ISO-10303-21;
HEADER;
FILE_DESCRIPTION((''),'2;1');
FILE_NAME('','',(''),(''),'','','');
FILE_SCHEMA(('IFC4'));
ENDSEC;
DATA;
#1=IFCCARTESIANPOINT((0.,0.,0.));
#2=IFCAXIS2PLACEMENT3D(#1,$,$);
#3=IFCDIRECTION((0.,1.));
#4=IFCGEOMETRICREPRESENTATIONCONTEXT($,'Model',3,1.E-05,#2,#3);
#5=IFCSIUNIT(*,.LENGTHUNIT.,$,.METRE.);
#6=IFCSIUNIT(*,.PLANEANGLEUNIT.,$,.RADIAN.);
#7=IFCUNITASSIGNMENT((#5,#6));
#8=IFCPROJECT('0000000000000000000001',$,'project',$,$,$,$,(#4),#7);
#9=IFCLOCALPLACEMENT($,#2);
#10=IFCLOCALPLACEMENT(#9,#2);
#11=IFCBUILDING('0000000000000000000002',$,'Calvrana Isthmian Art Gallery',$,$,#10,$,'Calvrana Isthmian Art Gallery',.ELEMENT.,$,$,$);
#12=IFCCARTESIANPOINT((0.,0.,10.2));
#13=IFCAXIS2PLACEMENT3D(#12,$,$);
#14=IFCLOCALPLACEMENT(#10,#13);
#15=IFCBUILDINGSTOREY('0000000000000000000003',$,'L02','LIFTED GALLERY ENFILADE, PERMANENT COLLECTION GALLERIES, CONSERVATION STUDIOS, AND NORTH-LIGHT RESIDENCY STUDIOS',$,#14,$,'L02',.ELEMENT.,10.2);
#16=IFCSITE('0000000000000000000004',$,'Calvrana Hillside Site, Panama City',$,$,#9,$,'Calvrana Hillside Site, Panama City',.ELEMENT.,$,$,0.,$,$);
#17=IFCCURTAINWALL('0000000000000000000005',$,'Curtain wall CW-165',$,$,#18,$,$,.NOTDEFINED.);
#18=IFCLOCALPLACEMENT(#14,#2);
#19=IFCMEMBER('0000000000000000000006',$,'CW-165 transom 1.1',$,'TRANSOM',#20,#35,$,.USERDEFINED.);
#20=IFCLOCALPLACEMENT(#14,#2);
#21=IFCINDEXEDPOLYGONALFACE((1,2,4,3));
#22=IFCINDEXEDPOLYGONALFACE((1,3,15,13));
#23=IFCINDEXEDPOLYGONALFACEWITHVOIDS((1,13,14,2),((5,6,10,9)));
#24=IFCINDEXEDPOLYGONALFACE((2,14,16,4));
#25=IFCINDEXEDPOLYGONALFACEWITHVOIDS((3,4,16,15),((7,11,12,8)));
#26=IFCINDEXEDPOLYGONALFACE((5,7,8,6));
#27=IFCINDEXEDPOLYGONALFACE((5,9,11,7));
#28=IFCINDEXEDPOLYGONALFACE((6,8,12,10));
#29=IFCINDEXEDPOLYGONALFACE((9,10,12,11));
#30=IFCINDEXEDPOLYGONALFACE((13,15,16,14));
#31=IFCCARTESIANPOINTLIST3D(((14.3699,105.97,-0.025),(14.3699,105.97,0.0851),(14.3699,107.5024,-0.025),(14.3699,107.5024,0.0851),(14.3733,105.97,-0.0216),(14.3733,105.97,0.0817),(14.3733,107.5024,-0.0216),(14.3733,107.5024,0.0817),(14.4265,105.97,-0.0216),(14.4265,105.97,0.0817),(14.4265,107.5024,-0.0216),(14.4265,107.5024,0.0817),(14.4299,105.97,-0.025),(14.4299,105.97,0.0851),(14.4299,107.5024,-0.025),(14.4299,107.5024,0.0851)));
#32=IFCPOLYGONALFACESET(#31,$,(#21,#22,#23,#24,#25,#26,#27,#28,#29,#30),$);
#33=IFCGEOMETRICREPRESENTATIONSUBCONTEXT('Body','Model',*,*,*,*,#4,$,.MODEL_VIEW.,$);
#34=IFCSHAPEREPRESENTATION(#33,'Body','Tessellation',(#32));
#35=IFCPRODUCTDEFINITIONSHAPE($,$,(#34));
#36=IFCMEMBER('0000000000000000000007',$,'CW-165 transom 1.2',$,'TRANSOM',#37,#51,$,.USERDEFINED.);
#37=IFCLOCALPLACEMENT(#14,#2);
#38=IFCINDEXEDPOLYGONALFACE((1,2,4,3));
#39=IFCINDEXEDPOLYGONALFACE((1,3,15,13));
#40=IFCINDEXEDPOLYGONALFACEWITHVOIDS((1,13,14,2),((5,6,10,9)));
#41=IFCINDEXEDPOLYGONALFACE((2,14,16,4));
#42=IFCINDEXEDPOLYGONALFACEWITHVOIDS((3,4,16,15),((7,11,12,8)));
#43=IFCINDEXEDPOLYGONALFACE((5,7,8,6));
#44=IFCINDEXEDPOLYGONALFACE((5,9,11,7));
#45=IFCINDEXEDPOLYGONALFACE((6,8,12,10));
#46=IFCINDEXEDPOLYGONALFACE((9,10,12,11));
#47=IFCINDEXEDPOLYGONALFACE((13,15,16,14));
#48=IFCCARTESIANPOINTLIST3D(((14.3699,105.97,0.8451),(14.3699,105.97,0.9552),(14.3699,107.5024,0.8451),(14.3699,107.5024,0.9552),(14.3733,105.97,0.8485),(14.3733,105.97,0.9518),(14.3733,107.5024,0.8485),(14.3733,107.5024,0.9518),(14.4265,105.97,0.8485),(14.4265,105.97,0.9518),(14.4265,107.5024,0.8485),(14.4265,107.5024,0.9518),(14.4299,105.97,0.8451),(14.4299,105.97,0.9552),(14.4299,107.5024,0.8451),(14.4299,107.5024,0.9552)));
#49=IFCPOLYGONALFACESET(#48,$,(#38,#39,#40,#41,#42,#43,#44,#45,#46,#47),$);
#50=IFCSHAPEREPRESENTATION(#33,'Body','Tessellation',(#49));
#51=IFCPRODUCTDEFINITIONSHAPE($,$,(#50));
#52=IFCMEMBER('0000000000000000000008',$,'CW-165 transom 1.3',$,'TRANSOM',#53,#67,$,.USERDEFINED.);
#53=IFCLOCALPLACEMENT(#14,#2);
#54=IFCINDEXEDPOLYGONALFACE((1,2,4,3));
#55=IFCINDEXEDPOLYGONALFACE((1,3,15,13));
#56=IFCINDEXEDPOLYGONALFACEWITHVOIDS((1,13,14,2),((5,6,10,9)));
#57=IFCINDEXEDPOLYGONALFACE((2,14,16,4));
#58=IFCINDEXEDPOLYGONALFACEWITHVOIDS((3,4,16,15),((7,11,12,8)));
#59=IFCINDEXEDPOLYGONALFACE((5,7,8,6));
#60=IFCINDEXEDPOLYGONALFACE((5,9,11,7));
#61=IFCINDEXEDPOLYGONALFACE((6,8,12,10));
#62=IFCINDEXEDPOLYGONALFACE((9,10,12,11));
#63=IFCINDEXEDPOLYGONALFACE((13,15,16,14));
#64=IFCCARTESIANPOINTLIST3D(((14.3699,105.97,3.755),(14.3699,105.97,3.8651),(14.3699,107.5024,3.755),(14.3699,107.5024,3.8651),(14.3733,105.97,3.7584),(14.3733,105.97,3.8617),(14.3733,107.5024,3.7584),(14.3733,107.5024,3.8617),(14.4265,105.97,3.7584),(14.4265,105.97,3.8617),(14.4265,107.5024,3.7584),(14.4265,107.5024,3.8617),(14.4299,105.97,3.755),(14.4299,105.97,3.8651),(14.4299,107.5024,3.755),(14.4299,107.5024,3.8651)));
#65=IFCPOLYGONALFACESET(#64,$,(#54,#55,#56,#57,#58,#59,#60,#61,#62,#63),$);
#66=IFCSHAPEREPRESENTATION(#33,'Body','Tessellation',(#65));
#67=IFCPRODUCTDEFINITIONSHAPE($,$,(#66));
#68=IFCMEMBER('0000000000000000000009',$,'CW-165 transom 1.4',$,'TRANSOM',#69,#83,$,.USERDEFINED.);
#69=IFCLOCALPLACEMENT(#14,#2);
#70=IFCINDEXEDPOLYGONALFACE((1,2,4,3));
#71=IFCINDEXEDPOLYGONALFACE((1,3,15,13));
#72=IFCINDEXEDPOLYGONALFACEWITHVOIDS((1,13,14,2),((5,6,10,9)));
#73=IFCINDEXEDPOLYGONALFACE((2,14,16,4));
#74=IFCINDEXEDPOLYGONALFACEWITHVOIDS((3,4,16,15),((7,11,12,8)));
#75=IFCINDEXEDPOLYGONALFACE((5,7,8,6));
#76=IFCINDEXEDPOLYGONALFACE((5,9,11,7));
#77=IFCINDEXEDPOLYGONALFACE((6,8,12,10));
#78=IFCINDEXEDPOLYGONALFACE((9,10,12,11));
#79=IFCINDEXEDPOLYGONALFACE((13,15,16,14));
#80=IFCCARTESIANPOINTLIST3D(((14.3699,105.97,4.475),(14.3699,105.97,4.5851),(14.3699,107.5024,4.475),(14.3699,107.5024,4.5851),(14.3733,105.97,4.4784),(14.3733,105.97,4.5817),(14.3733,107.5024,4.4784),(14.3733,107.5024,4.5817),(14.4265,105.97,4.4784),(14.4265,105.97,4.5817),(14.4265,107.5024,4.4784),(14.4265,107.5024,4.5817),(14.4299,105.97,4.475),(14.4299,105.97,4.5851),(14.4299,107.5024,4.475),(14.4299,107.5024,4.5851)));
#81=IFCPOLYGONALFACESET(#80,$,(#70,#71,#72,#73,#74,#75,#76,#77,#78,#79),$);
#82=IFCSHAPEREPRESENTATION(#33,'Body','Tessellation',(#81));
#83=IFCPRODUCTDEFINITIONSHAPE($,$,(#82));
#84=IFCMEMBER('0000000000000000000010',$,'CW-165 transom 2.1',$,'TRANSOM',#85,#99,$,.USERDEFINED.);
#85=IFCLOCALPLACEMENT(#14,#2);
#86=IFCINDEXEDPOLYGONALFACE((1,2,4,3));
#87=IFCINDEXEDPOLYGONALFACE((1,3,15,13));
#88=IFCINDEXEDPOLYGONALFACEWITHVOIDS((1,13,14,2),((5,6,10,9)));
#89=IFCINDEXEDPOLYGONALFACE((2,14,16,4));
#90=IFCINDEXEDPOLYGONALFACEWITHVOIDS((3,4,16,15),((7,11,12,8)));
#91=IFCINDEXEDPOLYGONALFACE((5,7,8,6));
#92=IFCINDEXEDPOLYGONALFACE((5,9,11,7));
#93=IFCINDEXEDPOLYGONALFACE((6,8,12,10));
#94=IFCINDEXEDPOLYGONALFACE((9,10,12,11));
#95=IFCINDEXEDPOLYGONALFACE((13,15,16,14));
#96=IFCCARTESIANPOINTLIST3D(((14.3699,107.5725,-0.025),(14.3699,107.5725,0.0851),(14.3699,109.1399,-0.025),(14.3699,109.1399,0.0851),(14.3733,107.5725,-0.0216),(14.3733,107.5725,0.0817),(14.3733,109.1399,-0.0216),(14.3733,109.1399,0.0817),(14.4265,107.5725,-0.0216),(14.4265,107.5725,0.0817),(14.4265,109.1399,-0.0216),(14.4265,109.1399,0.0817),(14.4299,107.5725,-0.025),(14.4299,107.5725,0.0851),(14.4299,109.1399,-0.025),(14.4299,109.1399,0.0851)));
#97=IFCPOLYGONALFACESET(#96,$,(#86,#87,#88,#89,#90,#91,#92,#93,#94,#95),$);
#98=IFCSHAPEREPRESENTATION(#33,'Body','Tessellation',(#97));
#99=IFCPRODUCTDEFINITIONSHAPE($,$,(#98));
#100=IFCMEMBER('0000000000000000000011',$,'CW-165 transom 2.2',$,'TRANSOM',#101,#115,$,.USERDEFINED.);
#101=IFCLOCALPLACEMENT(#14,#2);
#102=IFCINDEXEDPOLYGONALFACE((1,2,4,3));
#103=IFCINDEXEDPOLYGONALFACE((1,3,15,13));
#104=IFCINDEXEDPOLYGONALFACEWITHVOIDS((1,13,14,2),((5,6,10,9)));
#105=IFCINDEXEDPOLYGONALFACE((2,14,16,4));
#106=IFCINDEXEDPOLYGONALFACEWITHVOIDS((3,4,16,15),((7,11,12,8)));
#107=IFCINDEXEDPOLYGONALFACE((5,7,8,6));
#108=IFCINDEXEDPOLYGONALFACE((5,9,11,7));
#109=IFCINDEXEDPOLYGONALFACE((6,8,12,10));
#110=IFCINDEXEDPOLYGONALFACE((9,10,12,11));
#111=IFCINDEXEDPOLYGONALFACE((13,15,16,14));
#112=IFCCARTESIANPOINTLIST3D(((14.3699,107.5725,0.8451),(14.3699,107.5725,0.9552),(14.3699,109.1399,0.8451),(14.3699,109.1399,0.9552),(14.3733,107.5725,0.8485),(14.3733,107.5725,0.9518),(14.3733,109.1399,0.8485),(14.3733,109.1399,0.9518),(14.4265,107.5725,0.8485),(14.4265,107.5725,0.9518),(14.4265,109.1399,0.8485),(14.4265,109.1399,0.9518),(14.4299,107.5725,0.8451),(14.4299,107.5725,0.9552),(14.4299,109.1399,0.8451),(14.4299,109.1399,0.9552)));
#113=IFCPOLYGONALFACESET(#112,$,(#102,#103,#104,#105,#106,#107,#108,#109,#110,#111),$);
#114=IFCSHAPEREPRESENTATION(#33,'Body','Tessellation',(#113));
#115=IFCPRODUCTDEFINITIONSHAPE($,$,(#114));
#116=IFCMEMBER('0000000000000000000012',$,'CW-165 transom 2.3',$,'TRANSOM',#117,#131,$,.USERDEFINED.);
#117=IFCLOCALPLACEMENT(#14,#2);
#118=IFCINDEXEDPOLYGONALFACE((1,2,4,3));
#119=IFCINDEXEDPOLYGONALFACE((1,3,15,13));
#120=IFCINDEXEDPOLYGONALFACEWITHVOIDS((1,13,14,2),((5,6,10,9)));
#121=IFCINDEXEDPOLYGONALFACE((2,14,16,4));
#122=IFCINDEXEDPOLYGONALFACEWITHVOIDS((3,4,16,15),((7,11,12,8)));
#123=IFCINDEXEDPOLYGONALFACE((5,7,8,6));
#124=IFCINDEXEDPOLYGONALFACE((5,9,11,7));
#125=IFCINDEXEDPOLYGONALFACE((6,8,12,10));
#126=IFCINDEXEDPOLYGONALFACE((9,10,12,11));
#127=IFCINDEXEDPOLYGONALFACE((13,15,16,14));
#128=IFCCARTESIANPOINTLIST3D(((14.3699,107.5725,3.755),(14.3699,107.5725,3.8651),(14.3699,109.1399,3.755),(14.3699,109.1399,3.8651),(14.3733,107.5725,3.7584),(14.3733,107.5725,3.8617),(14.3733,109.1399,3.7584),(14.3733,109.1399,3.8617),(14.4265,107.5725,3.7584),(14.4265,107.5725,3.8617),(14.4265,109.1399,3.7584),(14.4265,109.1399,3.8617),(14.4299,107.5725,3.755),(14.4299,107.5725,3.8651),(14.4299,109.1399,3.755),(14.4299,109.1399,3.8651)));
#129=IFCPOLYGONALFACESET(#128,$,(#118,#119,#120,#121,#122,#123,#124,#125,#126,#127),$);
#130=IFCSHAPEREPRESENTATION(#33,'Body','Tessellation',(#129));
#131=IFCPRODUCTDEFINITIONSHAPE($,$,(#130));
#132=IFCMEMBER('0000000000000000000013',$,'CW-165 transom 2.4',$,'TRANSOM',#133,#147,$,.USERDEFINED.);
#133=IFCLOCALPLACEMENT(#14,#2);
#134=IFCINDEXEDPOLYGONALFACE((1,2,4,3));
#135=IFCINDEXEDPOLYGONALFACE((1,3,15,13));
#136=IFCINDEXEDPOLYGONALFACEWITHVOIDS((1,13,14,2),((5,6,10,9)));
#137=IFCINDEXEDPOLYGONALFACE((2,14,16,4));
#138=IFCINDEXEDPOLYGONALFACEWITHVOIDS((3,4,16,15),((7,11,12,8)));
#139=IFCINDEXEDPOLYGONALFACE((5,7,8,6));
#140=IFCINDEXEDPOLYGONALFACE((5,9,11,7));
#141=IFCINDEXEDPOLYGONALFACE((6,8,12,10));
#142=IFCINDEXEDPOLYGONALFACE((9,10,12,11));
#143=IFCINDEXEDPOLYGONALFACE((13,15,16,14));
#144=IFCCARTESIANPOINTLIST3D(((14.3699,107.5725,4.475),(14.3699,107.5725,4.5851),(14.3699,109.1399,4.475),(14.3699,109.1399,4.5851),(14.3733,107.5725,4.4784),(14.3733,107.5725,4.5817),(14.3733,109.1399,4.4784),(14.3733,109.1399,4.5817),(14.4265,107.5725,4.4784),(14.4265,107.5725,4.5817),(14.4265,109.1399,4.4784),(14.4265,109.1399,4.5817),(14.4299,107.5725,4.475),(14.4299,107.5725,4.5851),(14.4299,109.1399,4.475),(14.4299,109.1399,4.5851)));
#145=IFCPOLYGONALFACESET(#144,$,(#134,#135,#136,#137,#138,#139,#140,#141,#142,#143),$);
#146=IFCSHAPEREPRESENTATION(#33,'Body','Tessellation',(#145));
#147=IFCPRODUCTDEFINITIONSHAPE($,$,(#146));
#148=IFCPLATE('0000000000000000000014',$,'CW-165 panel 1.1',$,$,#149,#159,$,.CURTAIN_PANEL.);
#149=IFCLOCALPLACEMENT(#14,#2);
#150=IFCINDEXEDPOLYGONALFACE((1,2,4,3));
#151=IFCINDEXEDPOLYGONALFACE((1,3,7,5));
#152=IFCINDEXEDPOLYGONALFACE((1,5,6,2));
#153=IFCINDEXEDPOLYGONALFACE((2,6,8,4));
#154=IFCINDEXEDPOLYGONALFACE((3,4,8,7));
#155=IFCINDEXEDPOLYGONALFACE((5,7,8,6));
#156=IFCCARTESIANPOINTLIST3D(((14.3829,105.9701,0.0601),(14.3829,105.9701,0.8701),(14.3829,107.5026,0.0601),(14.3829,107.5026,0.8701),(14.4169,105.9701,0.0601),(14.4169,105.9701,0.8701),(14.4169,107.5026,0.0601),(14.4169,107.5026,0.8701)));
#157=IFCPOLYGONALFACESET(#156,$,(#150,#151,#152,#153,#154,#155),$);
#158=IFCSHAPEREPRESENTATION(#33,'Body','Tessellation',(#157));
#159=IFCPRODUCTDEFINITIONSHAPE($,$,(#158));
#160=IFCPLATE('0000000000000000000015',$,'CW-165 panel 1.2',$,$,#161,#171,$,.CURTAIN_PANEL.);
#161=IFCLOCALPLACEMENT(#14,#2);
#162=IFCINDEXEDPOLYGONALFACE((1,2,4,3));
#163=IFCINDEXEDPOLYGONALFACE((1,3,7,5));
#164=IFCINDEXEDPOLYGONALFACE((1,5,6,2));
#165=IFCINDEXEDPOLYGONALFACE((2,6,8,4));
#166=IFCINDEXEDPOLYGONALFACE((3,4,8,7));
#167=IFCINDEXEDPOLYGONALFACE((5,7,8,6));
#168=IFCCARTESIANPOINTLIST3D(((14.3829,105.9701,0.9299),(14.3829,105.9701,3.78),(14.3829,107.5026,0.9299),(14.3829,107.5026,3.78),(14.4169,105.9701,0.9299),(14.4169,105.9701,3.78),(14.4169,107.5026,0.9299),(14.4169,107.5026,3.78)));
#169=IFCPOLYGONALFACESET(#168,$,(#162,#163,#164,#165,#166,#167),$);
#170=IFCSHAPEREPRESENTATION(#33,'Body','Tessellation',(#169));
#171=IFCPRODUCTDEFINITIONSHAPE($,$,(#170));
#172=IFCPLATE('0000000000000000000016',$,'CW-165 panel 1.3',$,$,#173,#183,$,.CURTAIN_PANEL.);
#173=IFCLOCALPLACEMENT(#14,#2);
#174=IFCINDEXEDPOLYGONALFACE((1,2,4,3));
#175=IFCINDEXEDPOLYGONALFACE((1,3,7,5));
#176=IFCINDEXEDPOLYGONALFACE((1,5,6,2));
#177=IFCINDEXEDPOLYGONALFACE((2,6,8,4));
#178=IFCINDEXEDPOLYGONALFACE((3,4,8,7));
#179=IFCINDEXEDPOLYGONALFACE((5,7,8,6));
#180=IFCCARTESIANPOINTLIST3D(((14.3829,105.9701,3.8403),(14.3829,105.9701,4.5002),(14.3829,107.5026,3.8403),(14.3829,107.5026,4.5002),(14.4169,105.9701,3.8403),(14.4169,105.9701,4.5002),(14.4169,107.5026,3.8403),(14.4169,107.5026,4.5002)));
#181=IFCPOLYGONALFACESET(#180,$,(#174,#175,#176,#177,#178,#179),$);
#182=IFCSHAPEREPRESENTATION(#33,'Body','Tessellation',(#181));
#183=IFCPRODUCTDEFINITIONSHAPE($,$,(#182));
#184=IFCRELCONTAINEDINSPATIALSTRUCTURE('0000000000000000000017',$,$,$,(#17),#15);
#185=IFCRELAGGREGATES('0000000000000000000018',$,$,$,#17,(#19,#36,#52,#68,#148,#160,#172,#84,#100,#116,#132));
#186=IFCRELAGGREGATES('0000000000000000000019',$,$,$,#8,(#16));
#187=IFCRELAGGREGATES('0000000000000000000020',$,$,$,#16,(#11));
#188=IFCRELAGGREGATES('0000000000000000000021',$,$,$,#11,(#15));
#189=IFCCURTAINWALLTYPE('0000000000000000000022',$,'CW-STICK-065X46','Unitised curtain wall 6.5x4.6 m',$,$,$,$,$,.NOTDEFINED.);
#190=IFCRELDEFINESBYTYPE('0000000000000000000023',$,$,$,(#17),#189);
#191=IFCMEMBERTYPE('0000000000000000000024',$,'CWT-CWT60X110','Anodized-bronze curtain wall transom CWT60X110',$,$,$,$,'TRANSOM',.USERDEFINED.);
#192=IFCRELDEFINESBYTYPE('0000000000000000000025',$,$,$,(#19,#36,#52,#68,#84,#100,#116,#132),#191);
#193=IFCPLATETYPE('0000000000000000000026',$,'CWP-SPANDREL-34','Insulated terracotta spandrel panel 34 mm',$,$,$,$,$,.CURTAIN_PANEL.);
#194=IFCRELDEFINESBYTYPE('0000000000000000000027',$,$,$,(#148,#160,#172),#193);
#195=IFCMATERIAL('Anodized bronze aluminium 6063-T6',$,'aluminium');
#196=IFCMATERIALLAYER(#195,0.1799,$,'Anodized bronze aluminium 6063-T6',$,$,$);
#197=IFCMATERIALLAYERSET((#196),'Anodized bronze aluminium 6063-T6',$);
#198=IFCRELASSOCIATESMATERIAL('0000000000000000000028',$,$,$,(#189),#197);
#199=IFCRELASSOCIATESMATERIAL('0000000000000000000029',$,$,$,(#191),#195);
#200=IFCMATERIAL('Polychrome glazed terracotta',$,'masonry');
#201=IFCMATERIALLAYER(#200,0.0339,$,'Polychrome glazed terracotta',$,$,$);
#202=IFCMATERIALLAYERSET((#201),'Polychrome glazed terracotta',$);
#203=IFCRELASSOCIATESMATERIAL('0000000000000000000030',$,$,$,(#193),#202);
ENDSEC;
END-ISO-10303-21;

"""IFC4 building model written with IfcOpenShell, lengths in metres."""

from ifc_helpers import new_model, si_unit, direction, frame, origin, origin_2d, place, context, subcontext, project, spatial, rectangle, hollow_rectangle, extrude, material, layer, layer_set, material_profile, profile_set, type_object, element, aggregate, save


model = new_model("IFC4")

# Units and contexts
model_context = context("Model", 3, precision=1e-05, world=origin(), true_north=direction((0.0, 1.0)))
body_context = subcontext(model_context, "Body", "Model", "MODEL_VIEW")
ifc_project = project(units=[si_unit("LENGTHUNIT", "METRE"), si_unit("PLANEANGLEUNIT", "RADIAN")], contexts=[model_context])

# Site, building, storey
site_placement = place(None, origin())
site = spatial("IfcSite", under=ifc_project, at=site_placement, Name="Calvrana Hillside Site, Panama City", LongName="Calvrana Hillside Site, Panama City", CompositionType="ELEMENT", RefElevation=0.0)
building_placement = place(site_placement, origin())
building = spatial("IfcBuilding", under=site, at=building_placement, Name="Calvrana Isthmian Art Gallery", LongName="Calvrana Isthmian Art Gallery", CompositionType="ELEMENT")
storey_placement = place(building_placement, frame((0.0, 0.0, 10.2)))
storey = spatial("IfcBuildingStorey", under=building, at=storey_placement, Name="L02", Description="LIFTED GALLERY ENFILADE, PERMANENT COLLECTION GALLERIES, CONSERVATION STUDIOS, AND NORTH-LIGHT RESIDENCY STUDIOS", LongName="L02", CompositionType="ELEMENT", Elevation=10.2)

# Curtain wall, members, plates
ifc_material_1 = material(Name="Anodized bronze aluminium 6063-T6", Category="aluminium")
ifc_layer_1 = layer(ifc_material_1, 0.1799, Name="Anodized bronze aluminium 6063-T6")
ifc_layer_set_1 = layer_set([ifc_layer_1], Name="Anodized bronze aluminium 6063-T6")
curtain_wall_type = type_object("IfcCurtainWallType", Name="CW-STICK-065X46", Description="Unitised curtain wall 6.5x4.6 m", PredefinedType="NOTDEFINED", material=ifc_layer_set_1)
curtain_wall_placement = place(storey_placement, origin())
curtain_wall = element("IfcCurtainWall", 1, at=curtain_wall_placement, inside=storey, type_object=curtain_wall_type, Name="Curtain wall CW-165", PredefinedType="NOTDEFINED")
ifc_material_profile_1 = material_profile(ifc_material_1, hollow_rectangle(XDim=0.0601, YDim=0.1101, WallThickness=0.0034, at=origin_2d()), Name="CWT60X110")
ifc_profile_set_1 = profile_set([ifc_material_profile_1], Name="Anodized bronze aluminium 6063-T6")
member_type_1 = type_object("IfcMemberType", Name="CWT-CWT60X110", Description="Anodized-bronze curtain wall transom CWT60X110", ElementType="TRANSOM", PredefinedType="USERDEFINED", material=ifc_profile_set_1)
member_1_placement = place(storey_placement, frame((14.3999, 105.97, 0.03), z_axis=(0.0, 1.0, 0.0), x_axis=(-1.0, 0.0, 0.0)))
member_1 = element("IfcMember", 2, at=member_1_placement, type_object=member_type_1, Name="CW-165 transom 1.1", ObjectType="TRANSOM", PredefinedType="USERDEFINED", context=body_context, shape_type="SweptSolid", body=[
    extrude(hollow_rectangle(XDim=0.0601, YDim=0.1101, WallThickness=0.0034, at=origin_2d()), origin(), (0.0, 0.0, 1.0), 1.5325),
])
member_2_placement = place(storey_placement, frame((14.3999, 105.97, 0.9001), z_axis=(0.0, 1.0, 0.0), x_axis=(-1.0, 0.0, 0.0)))
member_2 = element("IfcMember", 3, at=member_2_placement, type_object=member_type_1, Name="CW-165 transom 1.2", ObjectType="TRANSOM", PredefinedType="USERDEFINED", context=body_context, shape_type="SweptSolid", body=[
    extrude(hollow_rectangle(XDim=0.0601, YDim=0.1101, WallThickness=0.0034, at=origin_2d()), origin(), (0.0, 0.0, 1.0), 1.5325),
])
member_3_placement = place(storey_placement, frame((14.3999, 105.97, 3.8101), z_axis=(0.0, 1.0, 0.0), x_axis=(-1.0, 0.0, 0.0)))
member_3 = element("IfcMember", 4, at=member_3_placement, type_object=member_type_1, Name="CW-165 transom 1.3", ObjectType="TRANSOM", PredefinedType="USERDEFINED", context=body_context, shape_type="SweptSolid", body=[
    extrude(hollow_rectangle(XDim=0.0601, YDim=0.1101, WallThickness=0.0034, at=origin_2d()), origin(), (0.0, 0.0, 1.0), 1.5325),
])
member_4_placement = place(storey_placement, frame((14.3999, 105.97, 4.53), z_axis=(0.0, 1.0, 0.0), x_axis=(-1.0, 0.0, 0.0)))
member_4 = element("IfcMember", 5, at=member_4_placement, type_object=member_type_1, Name="CW-165 transom 1.4", ObjectType="TRANSOM", PredefinedType="USERDEFINED", context=body_context, shape_type="SweptSolid", body=[
    extrude(hollow_rectangle(XDim=0.0601, YDim=0.1101, WallThickness=0.0034, at=origin_2d()), origin(), (0.0, 0.0, 1.0), 1.5325),
])
member_5_placement = place(storey_placement, frame((14.3999, 107.5725, 0.03), z_axis=(0.0, 1.0, 0.0), x_axis=(-1.0, 0.0, 0.0)))
member_5 = element("IfcMember", 6, at=member_5_placement, type_object=member_type_1, Name="CW-165 transom 2.1", ObjectType="TRANSOM", PredefinedType="USERDEFINED", context=body_context, shape_type="SweptSolid", body=[
    extrude(hollow_rectangle(XDim=0.0601, YDim=0.1101, WallThickness=0.0034, at=origin_2d()), origin(), (0.0, 0.0, 1.0), 1.5674),
])
member_6_placement = place(storey_placement, frame((14.3999, 107.5725, 0.9001), z_axis=(0.0, 1.0, 0.0), x_axis=(-1.0, 0.0, 0.0)))
member_6 = element("IfcMember", 7, at=member_6_placement, type_object=member_type_1, Name="CW-165 transom 2.2", ObjectType="TRANSOM", PredefinedType="USERDEFINED", context=body_context, shape_type="SweptSolid", body=[
    extrude(hollow_rectangle(XDim=0.0601, YDim=0.1101, WallThickness=0.0034, at=origin_2d()), origin(), (0.0, 0.0, 1.0), 1.5674),
])
member_7_placement = place(storey_placement, frame((14.3999, 107.5725, 3.8101), z_axis=(0.0, 1.0, 0.0), x_axis=(-1.0, 0.0, 0.0)))
member_7 = element("IfcMember", 8, at=member_7_placement, type_object=member_type_1, Name="CW-165 transom 2.3", ObjectType="TRANSOM", PredefinedType="USERDEFINED", context=body_context, shape_type="SweptSolid", body=[
    extrude(hollow_rectangle(XDim=0.0601, YDim=0.1101, WallThickness=0.0034, at=origin_2d()), origin(), (0.0, 0.0, 1.0), 1.5674),
])
member_8_placement = place(storey_placement, frame((14.3999, 107.5725, 4.53), z_axis=(0.0, 1.0, 0.0), x_axis=(-1.0, 0.0, 0.0)))
member_8 = element("IfcMember", 9, at=member_8_placement, type_object=member_type_1, Name="CW-165 transom 2.4", ObjectType="TRANSOM", PredefinedType="USERDEFINED", context=body_context, shape_type="SweptSolid", body=[
    extrude(hollow_rectangle(XDim=0.0601, YDim=0.1101, WallThickness=0.0034, at=origin_2d()), origin(), (0.0, 0.0, 1.0), 1.5674),
])
ifc_material_2 = material(Name="Polychrome glazed terracotta", Category="masonry")
ifc_layer_2 = layer(ifc_material_2, 0.0339, Name="Polychrome glazed terracotta")
ifc_layer_set_2 = layer_set([ifc_layer_2], Name="Polychrome glazed terracotta")
plate_type = type_object("IfcPlateType", Name="CWP-SPANDREL-34", Description="Insulated terracotta spandrel panel 34 mm", PredefinedType="CURTAIN_PANEL", material=ifc_layer_set_2)
plate_1_placement = place(storey_placement, frame((14.3999, 106.7363, 0.0601), z_axis=(0.0, 0.0, 1.0), x_axis=(0.0, 1.0, 0.0)))
plate_1 = element("IfcPlate", 10, at=plate_1_placement, type_object=plate_type, Name="CW-165 panel 1.1", PredefinedType="CURTAIN_PANEL", context=body_context, shape_type="SweptSolid", body=[
    extrude(rectangle(XDim=1.5325, YDim=0.0339, at=origin_2d()), origin(), (0.0, 0.0, 1.0), 0.8101),
])
plate_2_placement = place(storey_placement, frame((14.3999, 106.7363, 0.9299), z_axis=(0.0, 0.0, 1.0), x_axis=(0.0, 1.0, 0.0)))
plate_2 = element("IfcPlate", 11, at=plate_2_placement, type_object=plate_type, Name="CW-165 panel 1.2", PredefinedType="CURTAIN_PANEL", context=body_context, shape_type="SweptSolid", body=[
    extrude(rectangle(XDim=1.5325, YDim=0.0339, at=origin_2d()), origin(), (0.0, 0.0, 1.0), 2.8501),
])
plate_3_placement = place(storey_placement, frame((14.3999, 106.7363, 3.8403), z_axis=(0.0, 0.0, 1.0), x_axis=(0.0, 1.0, 0.0)))
plate_3 = element("IfcPlate", 12, at=plate_3_placement, type_object=plate_type, Name="CW-165 panel 1.3", PredefinedType="CURTAIN_PANEL", context=body_context, shape_type="SweptSolid", body=[
    extrude(rectangle(XDim=1.5325, YDim=0.0339, at=origin_2d()), origin(), (0.0, 0.0, 1.0), 0.6599),
])
aggregate(curtain_wall, [member_1, member_2, member_3, member_4, plate_1, plate_2, plate_3, member_5, member_6, member_7, member_8])

save(model, "model.ifc")
